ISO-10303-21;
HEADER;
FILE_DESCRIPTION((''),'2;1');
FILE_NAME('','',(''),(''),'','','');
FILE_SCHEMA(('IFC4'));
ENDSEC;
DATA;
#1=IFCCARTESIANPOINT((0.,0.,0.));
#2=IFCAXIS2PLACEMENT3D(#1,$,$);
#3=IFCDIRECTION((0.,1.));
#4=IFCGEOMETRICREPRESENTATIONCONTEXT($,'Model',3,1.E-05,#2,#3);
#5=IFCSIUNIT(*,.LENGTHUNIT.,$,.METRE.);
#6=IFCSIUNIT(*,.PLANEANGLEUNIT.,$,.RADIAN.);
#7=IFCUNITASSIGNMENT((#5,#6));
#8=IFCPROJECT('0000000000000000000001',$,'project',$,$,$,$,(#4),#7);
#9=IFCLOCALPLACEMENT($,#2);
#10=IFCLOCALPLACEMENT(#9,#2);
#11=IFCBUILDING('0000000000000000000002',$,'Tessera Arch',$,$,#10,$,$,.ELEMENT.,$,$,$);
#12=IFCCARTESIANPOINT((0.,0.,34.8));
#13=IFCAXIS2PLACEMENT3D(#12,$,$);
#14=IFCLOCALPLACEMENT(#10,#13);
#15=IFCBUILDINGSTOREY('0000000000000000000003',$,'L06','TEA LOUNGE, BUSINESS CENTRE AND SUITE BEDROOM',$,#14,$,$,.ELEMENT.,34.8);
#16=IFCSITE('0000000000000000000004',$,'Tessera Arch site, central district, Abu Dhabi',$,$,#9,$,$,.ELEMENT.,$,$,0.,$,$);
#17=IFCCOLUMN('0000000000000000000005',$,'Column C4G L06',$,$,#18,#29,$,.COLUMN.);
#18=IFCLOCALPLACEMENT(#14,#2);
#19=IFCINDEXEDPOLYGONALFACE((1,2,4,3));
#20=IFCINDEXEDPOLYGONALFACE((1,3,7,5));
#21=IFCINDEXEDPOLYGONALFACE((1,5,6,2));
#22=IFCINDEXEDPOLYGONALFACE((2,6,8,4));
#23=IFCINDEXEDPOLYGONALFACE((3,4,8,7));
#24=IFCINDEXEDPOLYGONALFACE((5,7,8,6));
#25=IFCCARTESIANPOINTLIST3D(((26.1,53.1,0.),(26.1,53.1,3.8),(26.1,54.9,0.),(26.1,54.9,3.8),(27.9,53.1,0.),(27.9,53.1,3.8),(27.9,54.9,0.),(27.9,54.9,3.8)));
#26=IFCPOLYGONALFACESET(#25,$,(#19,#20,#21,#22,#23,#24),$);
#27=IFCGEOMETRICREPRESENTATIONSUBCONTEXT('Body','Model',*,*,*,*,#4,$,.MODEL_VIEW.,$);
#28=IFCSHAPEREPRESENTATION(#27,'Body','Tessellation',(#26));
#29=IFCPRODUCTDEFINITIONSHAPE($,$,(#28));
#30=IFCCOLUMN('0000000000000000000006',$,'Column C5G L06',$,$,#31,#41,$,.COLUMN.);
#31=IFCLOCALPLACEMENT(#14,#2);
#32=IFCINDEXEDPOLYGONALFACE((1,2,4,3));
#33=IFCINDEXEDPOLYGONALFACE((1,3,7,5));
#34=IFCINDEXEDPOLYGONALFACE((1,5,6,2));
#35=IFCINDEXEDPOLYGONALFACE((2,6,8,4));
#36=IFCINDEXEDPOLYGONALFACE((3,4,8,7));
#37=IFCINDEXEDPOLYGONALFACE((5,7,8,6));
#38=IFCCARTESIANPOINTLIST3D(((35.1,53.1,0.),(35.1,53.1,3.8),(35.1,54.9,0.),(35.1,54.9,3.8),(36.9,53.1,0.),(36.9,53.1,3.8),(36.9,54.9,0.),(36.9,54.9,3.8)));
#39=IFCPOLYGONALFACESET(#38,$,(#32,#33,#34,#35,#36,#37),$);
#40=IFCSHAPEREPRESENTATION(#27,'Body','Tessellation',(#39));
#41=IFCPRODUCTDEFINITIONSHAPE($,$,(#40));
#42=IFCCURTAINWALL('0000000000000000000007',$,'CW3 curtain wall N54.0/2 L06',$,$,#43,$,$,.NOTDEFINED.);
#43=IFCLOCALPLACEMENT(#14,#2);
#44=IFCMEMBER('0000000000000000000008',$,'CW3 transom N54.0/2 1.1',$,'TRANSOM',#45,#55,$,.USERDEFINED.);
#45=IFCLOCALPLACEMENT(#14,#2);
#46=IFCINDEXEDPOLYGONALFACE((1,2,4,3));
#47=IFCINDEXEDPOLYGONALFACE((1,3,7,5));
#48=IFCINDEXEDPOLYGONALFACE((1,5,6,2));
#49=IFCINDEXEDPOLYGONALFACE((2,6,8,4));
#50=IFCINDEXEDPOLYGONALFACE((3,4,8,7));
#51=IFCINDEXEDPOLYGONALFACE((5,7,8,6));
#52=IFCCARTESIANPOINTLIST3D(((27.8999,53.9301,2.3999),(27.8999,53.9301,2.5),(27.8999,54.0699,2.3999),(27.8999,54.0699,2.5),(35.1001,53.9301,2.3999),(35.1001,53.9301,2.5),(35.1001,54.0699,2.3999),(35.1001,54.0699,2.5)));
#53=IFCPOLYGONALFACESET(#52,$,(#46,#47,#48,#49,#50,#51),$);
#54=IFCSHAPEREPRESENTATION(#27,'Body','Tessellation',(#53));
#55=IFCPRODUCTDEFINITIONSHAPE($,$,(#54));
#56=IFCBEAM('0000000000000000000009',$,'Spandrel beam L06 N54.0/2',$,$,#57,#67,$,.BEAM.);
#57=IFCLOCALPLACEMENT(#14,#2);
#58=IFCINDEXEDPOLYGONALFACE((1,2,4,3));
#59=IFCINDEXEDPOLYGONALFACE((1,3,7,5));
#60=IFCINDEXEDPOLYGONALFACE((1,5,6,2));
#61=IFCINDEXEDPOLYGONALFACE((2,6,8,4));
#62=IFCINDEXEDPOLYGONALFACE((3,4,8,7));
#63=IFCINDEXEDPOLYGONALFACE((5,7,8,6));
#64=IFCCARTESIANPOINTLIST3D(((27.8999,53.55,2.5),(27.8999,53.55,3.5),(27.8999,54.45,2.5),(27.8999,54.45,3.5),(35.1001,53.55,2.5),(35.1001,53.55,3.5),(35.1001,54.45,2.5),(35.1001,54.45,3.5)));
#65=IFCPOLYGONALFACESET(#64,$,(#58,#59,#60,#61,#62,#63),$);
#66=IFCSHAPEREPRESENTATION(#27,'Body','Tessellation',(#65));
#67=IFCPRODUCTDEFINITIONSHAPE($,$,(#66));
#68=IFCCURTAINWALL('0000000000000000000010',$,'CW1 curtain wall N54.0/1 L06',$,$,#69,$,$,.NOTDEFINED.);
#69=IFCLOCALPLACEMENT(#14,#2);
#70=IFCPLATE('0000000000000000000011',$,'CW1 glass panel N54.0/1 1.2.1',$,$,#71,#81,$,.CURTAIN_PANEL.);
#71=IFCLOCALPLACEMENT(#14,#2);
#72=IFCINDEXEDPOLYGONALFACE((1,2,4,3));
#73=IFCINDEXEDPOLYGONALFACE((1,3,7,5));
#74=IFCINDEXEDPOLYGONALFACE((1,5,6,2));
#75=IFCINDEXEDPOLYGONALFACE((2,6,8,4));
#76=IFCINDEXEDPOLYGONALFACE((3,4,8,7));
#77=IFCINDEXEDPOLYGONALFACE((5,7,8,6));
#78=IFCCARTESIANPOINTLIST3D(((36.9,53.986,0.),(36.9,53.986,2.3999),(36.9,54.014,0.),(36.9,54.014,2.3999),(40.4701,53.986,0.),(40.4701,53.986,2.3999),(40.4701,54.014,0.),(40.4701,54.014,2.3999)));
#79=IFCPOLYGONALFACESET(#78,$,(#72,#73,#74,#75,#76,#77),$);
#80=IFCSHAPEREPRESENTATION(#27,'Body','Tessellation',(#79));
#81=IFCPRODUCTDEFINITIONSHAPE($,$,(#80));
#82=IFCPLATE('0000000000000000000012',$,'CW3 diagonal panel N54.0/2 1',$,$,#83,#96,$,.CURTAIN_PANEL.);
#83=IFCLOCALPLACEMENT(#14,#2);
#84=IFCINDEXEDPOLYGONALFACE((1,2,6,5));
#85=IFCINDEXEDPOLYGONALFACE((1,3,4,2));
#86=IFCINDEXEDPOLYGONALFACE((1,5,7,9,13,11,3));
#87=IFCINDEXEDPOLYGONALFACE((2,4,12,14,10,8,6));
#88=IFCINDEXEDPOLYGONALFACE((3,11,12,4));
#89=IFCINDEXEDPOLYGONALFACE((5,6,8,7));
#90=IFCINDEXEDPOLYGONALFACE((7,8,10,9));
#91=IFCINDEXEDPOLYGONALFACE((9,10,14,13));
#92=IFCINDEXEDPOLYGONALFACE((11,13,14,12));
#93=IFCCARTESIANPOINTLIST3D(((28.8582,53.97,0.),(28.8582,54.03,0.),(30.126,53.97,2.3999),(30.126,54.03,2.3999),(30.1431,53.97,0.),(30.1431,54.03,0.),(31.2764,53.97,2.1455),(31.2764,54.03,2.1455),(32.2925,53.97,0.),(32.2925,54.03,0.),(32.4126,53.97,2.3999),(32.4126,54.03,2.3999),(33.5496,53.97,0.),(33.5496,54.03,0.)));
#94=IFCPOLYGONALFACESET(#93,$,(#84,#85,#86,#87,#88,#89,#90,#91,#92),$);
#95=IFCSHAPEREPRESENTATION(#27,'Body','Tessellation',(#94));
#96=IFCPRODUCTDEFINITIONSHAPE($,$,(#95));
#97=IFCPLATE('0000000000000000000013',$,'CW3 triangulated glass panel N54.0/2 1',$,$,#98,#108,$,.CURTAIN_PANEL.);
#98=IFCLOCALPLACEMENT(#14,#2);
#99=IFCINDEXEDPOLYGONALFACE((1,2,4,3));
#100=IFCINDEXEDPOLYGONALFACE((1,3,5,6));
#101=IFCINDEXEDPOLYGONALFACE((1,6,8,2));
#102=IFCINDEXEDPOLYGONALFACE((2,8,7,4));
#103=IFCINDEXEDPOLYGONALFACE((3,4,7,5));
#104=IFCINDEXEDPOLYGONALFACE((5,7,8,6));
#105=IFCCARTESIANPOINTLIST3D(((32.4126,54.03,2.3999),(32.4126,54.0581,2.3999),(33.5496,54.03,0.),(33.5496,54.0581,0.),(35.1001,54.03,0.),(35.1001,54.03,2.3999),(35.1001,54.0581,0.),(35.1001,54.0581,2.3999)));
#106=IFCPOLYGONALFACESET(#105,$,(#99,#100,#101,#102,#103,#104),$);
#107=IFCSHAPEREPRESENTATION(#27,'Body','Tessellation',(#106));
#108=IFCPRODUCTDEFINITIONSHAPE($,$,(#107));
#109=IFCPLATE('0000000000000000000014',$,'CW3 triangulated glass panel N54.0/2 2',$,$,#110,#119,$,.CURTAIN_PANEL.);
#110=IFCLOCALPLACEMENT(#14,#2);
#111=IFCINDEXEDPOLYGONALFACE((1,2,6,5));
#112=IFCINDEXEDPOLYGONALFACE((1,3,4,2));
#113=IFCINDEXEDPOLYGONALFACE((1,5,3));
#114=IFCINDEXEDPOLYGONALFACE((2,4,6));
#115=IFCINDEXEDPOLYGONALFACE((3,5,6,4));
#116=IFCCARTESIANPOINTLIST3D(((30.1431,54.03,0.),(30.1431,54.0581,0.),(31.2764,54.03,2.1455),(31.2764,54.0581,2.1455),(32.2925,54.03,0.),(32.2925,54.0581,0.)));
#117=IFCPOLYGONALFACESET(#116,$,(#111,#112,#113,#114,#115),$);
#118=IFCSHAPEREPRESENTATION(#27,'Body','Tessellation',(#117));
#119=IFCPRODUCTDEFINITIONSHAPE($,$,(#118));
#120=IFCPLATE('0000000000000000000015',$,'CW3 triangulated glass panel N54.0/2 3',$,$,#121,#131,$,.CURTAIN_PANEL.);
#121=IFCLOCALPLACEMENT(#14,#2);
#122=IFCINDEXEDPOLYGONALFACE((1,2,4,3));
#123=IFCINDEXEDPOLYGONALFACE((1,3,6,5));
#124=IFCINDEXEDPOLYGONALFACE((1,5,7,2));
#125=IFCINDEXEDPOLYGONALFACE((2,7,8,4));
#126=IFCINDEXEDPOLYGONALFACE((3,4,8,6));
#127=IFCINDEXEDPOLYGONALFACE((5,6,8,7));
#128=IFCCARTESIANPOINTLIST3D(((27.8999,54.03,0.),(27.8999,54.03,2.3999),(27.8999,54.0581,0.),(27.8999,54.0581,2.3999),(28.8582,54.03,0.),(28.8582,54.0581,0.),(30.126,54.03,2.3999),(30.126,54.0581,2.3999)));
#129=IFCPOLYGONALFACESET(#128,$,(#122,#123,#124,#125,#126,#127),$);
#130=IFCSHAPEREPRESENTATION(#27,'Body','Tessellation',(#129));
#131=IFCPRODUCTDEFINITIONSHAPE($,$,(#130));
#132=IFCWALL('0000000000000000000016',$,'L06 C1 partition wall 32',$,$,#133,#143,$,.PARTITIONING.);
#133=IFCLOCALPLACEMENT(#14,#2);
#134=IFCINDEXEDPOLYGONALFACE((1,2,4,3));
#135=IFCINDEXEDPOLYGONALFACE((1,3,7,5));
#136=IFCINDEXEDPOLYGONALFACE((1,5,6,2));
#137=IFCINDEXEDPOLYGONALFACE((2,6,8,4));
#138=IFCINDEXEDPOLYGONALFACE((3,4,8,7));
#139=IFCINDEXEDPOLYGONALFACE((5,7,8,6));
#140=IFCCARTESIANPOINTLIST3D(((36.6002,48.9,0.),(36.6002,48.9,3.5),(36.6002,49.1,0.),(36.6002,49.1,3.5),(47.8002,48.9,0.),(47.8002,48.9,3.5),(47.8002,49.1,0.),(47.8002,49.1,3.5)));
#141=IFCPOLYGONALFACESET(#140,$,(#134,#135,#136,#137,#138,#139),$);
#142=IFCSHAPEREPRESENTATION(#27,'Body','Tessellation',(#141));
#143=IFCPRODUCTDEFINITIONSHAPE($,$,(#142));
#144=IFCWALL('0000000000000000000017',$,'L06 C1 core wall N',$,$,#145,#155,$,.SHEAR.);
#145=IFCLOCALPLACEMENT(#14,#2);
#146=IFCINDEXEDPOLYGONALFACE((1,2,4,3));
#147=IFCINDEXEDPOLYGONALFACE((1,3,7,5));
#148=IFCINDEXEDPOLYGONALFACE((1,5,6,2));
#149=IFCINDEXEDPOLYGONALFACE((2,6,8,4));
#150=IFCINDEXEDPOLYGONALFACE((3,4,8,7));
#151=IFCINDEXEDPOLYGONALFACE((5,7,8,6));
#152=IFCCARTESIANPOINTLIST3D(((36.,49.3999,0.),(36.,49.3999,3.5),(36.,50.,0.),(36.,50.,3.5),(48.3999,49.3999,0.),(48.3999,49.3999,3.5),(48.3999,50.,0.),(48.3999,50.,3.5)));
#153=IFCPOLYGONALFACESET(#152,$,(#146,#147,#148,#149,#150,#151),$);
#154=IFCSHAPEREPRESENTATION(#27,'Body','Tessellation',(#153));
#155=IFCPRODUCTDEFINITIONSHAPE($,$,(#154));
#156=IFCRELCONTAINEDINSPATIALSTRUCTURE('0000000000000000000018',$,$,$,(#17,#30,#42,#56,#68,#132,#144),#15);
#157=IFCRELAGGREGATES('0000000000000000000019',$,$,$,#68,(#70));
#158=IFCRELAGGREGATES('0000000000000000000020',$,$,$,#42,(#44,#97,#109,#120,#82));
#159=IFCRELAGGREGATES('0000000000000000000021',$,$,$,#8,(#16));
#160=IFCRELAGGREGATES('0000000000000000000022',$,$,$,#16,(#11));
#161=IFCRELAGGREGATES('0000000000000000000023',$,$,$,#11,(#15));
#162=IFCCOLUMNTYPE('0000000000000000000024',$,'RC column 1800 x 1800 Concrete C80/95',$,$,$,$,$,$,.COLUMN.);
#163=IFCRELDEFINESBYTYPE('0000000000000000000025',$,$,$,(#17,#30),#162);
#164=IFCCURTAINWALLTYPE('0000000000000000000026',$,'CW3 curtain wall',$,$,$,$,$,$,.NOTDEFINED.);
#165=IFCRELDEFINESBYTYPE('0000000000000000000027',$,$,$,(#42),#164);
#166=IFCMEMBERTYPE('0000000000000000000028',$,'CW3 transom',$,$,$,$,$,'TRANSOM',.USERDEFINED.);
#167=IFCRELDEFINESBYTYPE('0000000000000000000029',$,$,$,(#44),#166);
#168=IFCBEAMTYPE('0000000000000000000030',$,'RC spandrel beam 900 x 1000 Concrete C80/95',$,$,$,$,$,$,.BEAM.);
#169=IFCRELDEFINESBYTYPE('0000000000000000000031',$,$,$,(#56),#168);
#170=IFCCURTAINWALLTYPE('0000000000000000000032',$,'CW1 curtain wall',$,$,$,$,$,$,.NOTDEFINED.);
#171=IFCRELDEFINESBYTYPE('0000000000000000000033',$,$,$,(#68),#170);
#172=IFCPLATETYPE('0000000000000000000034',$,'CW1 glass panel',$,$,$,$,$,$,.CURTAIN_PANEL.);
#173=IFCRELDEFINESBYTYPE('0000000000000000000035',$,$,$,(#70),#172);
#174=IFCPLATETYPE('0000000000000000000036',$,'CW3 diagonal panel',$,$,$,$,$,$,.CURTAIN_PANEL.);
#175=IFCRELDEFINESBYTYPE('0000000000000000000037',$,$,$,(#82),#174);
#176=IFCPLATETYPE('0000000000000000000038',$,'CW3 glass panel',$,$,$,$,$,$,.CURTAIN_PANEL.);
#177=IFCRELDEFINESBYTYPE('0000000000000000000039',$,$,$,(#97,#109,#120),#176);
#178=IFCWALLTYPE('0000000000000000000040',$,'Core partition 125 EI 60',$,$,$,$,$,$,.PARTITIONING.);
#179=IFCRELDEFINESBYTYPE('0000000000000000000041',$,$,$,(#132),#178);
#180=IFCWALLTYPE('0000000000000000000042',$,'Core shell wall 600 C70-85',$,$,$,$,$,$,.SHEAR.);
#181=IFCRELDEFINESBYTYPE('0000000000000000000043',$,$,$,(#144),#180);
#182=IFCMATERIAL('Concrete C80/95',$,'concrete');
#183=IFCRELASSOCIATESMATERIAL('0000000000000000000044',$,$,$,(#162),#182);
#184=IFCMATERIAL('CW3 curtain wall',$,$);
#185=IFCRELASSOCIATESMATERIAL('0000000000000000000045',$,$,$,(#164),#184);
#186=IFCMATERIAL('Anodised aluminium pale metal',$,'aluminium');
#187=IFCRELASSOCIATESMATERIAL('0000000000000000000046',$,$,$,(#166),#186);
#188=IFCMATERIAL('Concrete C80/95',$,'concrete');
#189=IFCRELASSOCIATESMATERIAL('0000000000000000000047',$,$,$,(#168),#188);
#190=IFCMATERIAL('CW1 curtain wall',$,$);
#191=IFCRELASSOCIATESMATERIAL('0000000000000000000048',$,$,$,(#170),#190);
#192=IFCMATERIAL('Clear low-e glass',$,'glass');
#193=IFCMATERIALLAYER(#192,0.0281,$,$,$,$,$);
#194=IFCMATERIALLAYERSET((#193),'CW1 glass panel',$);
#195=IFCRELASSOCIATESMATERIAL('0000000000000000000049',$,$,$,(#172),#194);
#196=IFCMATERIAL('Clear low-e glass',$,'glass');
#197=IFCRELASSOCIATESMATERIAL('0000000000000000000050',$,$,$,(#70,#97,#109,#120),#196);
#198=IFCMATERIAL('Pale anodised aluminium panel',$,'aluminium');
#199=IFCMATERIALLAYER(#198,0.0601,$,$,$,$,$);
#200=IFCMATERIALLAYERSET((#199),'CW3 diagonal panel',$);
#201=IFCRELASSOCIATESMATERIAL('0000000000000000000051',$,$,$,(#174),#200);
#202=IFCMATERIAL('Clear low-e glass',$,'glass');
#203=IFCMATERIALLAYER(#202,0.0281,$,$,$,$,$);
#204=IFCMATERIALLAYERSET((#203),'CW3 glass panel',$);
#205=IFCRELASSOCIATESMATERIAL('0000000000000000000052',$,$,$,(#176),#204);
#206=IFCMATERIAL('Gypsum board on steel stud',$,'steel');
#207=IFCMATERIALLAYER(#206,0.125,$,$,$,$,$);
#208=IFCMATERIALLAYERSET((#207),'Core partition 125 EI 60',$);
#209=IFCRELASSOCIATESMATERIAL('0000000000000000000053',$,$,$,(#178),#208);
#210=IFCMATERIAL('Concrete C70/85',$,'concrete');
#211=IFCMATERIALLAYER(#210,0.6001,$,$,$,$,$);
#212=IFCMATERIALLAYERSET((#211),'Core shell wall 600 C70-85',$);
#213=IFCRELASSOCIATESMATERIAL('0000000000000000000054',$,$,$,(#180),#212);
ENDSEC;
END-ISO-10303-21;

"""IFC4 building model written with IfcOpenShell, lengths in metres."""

from ifc_helpers import new_model, si_unit, direction, frame, frame_2d, origin, origin_2d, place, context, subcontext, project, spatial, polyline, rectangle, outline, extrude, material, layer, layer_set, material_profile, profile_set, type_object, element, aggregate, save


model = new_model("IFC4")

# Units and contexts
model_context = context("Model", 3, precision=1e-05, world=origin(), true_north=direction((0.0, 1.0)))
body_context = subcontext(model_context, "Body", "Model", "MODEL_VIEW")
ifc_project = project(units=[si_unit("LENGTHUNIT", "METRE"), si_unit("PLANEANGLEUNIT", "RADIAN")], contexts=[model_context])

# Site, building, storey
site_placement = place(None, origin())
site = spatial("IfcSite", under=ifc_project, at=site_placement, Name="Tessera Arch site, central district, Abu Dhabi", CompositionType="ELEMENT", RefElevation=0.0)
building_placement = place(site_placement, origin())
building = spatial("IfcBuilding", under=site, at=building_placement, Name="Tessera Arch", CompositionType="ELEMENT")
storey_placement = place(building_placement, frame((0.0, 0.0, 34.8)))
storey = spatial("IfcBuildingStorey", under=building, at=storey_placement, Name="L06", Description="TEA LOUNGE, BUSINESS CENTRE AND SUITE BEDROOM", CompositionType="ELEMENT", Elevation=34.8)

# Columns
ifc_material_1 = material(Name="Concrete C80/95", Category="concrete")
ifc_material_profile_1 = material_profile(ifc_material_1, rectangle(XDim=1.8, YDim=1.8, at=origin_2d()), Name="RC column 1800 x 1800 Concrete C80/95")
ifc_profile_set_1 = profile_set([ifc_material_profile_1], Name="Concrete C80/95")
column_type = type_object("IfcColumnType", Name="RC column 1800 x 1800 Concrete C80/95", PredefinedType="COLUMN", material=ifc_profile_set_1)
for number, where, z_axis, x_axis, name in (
    (1, (27.0, 54.0, 0.0), (0.0, 0.0, 1.0), (1.0, 0.0, 0.0), "Column C4G L06"),
    (2, (36.0, 54.0, 0.0), (0.0, 0.0, 1.0), (1.0, 0.0, 0.0), "Column C5G L06"),
):
    element("IfcColumn", number, at=place(storey_placement, frame(where, z_axis=z_axis, x_axis=x_axis)), inside=storey, type_object=column_type, Name=name, PredefinedType="COLUMN", context=body_context, shape_type="SweptSolid", body=[
        extrude(rectangle(XDim=1.8, YDim=1.8, at=origin_2d()), origin(), (0.0, 0.0, 1.0), 3.8),
    ])

# Curtain wall, member
ifc_material_2 = material(Name="CW3 curtain wall")
curtain_wall_type_1 = type_object("IfcCurtainWallType", Name="CW3 curtain wall", PredefinedType="NOTDEFINED", material=ifc_material_2)
curtain_wall_1_placement = place(storey_placement, origin())
curtain_wall_1 = element("IfcCurtainWall", 3, at=curtain_wall_1_placement, inside=storey, type_object=curtain_wall_type_1, Name="CW3 curtain wall N54.0/2 L06", PredefinedType="NOTDEFINED")
ifc_material_3 = material(Name="Anodised aluminium pale metal", Category="aluminium")
ifc_material_profile_2 = material_profile(ifc_material_3, rectangle(XDim=0.1399, YDim=0.1001, at=origin_2d()), Name="AL 140x100")
ifc_profile_set_2 = profile_set([ifc_material_profile_2], Name="Anodised aluminium pale metal")
member_type = type_object("IfcMemberType", Name="CW3 transom", ElementType="TRANSOM", PredefinedType="USERDEFINED", material=ifc_profile_set_2)
member_placement = place(storey_placement, frame((35.1001, 54.0, 2.45), z_axis=(-1.0, 0.0, 0.0), x_axis=(0.0, -1.0, 0.0)))
member = element("IfcMember", 4, at=member_placement, type_object=member_type, Name="CW3 transom N54.0/2 1.1", ObjectType="TRANSOM", PredefinedType="USERDEFINED", context=body_context, shape_type="SweptSolid", body=[
    extrude(rectangle(XDim=0.1399, YDim=0.1001, at=origin_2d()), origin(), (0.0, 0.0, 1.0), 7.2002),
])

# Beam
ifc_material_4 = material(Name="Concrete C80/95", Category="concrete")
ifc_material_profile_3 = material_profile(ifc_material_4, rectangle(XDim=0.8999, YDim=1.0, at=origin_2d()), Name="RC spandrel beam 900 x 1000 Concrete C80/95")
ifc_profile_set_3 = profile_set([ifc_material_profile_3], Name="Concrete C80/95")
beam_type = type_object("IfcBeamType", Name="RC spandrel beam 900 x 1000 Concrete C80/95", PredefinedType="BEAM", material=ifc_profile_set_3)
beam_placement = place(storey_placement, frame((35.1001, 54.0, 3.0), z_axis=(-1.0, 0.0, 0.0), x_axis=(0.0, -1.0, 0.0)))
element("IfcBeam", 5, at=beam_placement, inside=storey, type_object=beam_type, Name="Spandrel beam L06 N54.0/2", PredefinedType="BEAM", context=body_context, shape_type="SweptSolid", body=[
    extrude(rectangle(XDim=0.8999, YDim=1.0, at=origin_2d()), origin(), (0.0, 0.0, 1.0), 7.2002),
])

# Curtain wall, plate
ifc_material_5 = material(Name="CW1 curtain wall")
curtain_wall_type_2 = type_object("IfcCurtainWallType", Name="CW1 curtain wall", PredefinedType="NOTDEFINED", material=ifc_material_5)
curtain_wall_2_placement = place(storey_placement, origin())
curtain_wall_2 = element("IfcCurtainWall", 6, at=curtain_wall_2_placement, inside=storey, type_object=curtain_wall_type_2, Name="CW1 curtain wall N54.0/1 L06", PredefinedType="NOTDEFINED")
ifc_material_6 = material(Name="Clear low-e glass", Category="glass")
ifc_material_7 = material(Name="Clear low-e glass", Category="glass")
ifc_layer_1 = layer(ifc_material_7, 0.0281)
ifc_layer_set_1 = layer_set([ifc_layer_1], Name="CW1 glass panel")
plate_type_1 = type_object("IfcPlateType", Name="CW1 glass panel", PredefinedType="CURTAIN_PANEL", material=ifc_layer_set_1)
plate_1_placement = place(storey_placement, frame((38.6851, 54.0, 0.0), z_axis=(0.0, 0.0, 1.0), x_axis=(-1.0, 0.0, 0.0)))
plate_1 = element("IfcPlate", 7, at=plate_1_placement, type_object=plate_type_1, material=ifc_material_6, Name="CW1 glass panel N54.0/1 1.2.1", PredefinedType="CURTAIN_PANEL", context=body_context, shape_type="SweptSolid", body=[
    extrude(rectangle(XDim=3.5701, YDim=0.0281, at=origin_2d()), origin(), (0.0, 0.0, 1.0), 2.3999),
])
aggregate(curtain_wall_2, [plate_1])

# Plates
ifc_material_8 = material(Name="Pale anodised aluminium panel", Category="aluminium")
ifc_layer_2 = layer(ifc_material_8, 0.0601)
ifc_layer_set_2 = layer_set([ifc_layer_2], Name="CW3 diagonal panel")
plate_type_2 = type_object("IfcPlateType", Name="CW3 diagonal panel", PredefinedType="CURTAIN_PANEL", material=ifc_layer_set_2)
plate_2_placement = place(storey_placement, frame((30.126, 54.03, 2.3999), z_axis=(0.0, 1.0, 0.0), x_axis=(1.0, 0.0, 0.0)))
plate_2 = element("IfcPlate", 8, at=plate_2_placement, type_object=plate_type_2, Name="CW3 diagonal panel N54.0/2 1", PredefinedType="CURTAIN_PANEL", context=body_context, shape_type="SweptSolid", body=[
    extrude(outline(polyline([(0.0, 0.0), (2.2866, 0.0), (3.4236, 2.3999), (2.1665, 2.3999), (1.1504, 0.2544), (0.0171, 2.3999), (-1.2678, 2.3999), (0.0, 0.0)])), origin(), (0.0, 0.0, -1.0), 0.0601),
])
ifc_material_9 = material(Name="Clear low-e glass", Category="glass")
ifc_layer_3 = layer(ifc_material_9, 0.0281)
ifc_layer_set_3 = layer_set([ifc_layer_3], Name="CW3 glass panel")
plate_type_3 = type_object("IfcPlateType", Name="CW3 glass panel", PredefinedType="CURTAIN_PANEL", material=ifc_layer_set_3)
plate_3_placement = place(storey_placement, frame((35.1001, 54.0581, 0.0), z_axis=(0.0, 1.0, 0.0), x_axis=(-1.0, 0.0, 0.0)))
plate_3 = element("IfcPlate", 9, at=plate_3_placement, type_object=plate_type_3, material=ifc_material_6, Name="CW3 triangulated glass panel N54.0/2 1", PredefinedType="CURTAIN_PANEL", context=body_context, shape_type="SweptSolid", body=[
    extrude(outline(polyline([(0.0, 0.0), (1.5505, 0.0), (2.6875, 2.3999), (0.0, 2.3999), (0.0, 0.0)])), origin(), (0.0, 0.0, -1.0), 0.0281),
])
plate_4_placement = place(storey_placement, frame((32.2925, 54.0581, 0.0), z_axis=(0.0, 1.0, 0.0), x_axis=(-1.0, 0.0, 0.0)))
plate_4 = element("IfcPlate", 10, at=plate_4_placement, type_object=plate_type_3, material=ifc_material_6, Name="CW3 triangulated glass panel N54.0/2 2", PredefinedType="CURTAIN_PANEL", context=body_context, shape_type="SweptSolid", body=[
    extrude(outline(polyline([(0.0, 0.0), (2.1494, 0.0), (1.0161, 2.1455), (0.0, 0.0)])), origin(), (0.0, 0.0, -1.0), 0.0281),
])
plate_5_placement = place(storey_placement, frame((27.8999, 54.0581, 2.3999), z_axis=(0.0, 1.0, 0.0), x_axis=(1.0, 0.0, 0.0)))
plate_5 = element("IfcPlate", 11, at=plate_5_placement, type_object=plate_type_3, material=ifc_material_6, Name="CW3 triangulated glass panel N54.0/2 3", PredefinedType="CURTAIN_PANEL", context=body_context, shape_type="SweptSolid", body=[
    extrude(outline(polyline([(0.0, 0.0), (2.2261, 0.0), (0.9583, 2.3999), (0.0, 2.3999), (0.0, 0.0)])), origin(), (0.0, 0.0, -1.0), 0.0281),
])
aggregate(curtain_wall_1, [member, plate_3, plate_4, plate_5, plate_2])

# Walls
ifc_material_10 = material(Name="Gypsum board on steel stud", Category="steel")
ifc_layer_4 = layer(ifc_material_10, 0.125)
ifc_layer_set_4 = layer_set([ifc_layer_4], Name="Core partition 125 EI 60")
wall_type_1 = type_object("IfcWallType", Name="Core partition 125 EI 60", PredefinedType="PARTITIONING", material=ifc_layer_set_4)
wall_1_placement = place(storey_placement, frame((36.6001, 49.0, 0.0), z_axis=(0.0, 0.0, 1.0), x_axis=(1.0, 0.0, 0.0)))
element("IfcWall", 12, at=wall_1_placement, inside=storey, type_object=wall_type_1, Name="L06 C1 partition wall 32", PredefinedType="PARTITIONING", context=body_context, shape_type="SweptSolid", body=[
    extrude(rectangle(XDim=11.2, YDim=0.2, at=frame_2d((5.6001, 0.0))), origin(), (0.0, 0.0, 1.0), 3.5),
])
ifc_material_11 = material(Name="Concrete C70/85", Category="concrete")
ifc_layer_5 = layer(ifc_material_11, 0.6001)
ifc_layer_set_5 = layer_set([ifc_layer_5], Name="Core shell wall 600 C70-85")
wall_type_2 = type_object("IfcWallType", Name="Core shell wall 600 C70-85", PredefinedType="SHEAR", material=ifc_layer_set_5)
wall_2_placement = place(storey_placement, frame((36.0, 49.7, 0.0), z_axis=(0.0, 0.0, 1.0), x_axis=(1.0, 0.0, 0.0)))
element("IfcWall", 13, at=wall_2_placement, inside=storey, type_object=wall_type_2, Name="L06 C1 core wall N", PredefinedType="SHEAR", context=body_context, shape_type="SweptSolid", body=[
    extrude(rectangle(XDim=12.3999, YDim=0.6001, at=frame_2d((6.2, 0.0))), origin(), (0.0, 0.0, 1.0), 3.5),
])

save(model, "model.ifc")
